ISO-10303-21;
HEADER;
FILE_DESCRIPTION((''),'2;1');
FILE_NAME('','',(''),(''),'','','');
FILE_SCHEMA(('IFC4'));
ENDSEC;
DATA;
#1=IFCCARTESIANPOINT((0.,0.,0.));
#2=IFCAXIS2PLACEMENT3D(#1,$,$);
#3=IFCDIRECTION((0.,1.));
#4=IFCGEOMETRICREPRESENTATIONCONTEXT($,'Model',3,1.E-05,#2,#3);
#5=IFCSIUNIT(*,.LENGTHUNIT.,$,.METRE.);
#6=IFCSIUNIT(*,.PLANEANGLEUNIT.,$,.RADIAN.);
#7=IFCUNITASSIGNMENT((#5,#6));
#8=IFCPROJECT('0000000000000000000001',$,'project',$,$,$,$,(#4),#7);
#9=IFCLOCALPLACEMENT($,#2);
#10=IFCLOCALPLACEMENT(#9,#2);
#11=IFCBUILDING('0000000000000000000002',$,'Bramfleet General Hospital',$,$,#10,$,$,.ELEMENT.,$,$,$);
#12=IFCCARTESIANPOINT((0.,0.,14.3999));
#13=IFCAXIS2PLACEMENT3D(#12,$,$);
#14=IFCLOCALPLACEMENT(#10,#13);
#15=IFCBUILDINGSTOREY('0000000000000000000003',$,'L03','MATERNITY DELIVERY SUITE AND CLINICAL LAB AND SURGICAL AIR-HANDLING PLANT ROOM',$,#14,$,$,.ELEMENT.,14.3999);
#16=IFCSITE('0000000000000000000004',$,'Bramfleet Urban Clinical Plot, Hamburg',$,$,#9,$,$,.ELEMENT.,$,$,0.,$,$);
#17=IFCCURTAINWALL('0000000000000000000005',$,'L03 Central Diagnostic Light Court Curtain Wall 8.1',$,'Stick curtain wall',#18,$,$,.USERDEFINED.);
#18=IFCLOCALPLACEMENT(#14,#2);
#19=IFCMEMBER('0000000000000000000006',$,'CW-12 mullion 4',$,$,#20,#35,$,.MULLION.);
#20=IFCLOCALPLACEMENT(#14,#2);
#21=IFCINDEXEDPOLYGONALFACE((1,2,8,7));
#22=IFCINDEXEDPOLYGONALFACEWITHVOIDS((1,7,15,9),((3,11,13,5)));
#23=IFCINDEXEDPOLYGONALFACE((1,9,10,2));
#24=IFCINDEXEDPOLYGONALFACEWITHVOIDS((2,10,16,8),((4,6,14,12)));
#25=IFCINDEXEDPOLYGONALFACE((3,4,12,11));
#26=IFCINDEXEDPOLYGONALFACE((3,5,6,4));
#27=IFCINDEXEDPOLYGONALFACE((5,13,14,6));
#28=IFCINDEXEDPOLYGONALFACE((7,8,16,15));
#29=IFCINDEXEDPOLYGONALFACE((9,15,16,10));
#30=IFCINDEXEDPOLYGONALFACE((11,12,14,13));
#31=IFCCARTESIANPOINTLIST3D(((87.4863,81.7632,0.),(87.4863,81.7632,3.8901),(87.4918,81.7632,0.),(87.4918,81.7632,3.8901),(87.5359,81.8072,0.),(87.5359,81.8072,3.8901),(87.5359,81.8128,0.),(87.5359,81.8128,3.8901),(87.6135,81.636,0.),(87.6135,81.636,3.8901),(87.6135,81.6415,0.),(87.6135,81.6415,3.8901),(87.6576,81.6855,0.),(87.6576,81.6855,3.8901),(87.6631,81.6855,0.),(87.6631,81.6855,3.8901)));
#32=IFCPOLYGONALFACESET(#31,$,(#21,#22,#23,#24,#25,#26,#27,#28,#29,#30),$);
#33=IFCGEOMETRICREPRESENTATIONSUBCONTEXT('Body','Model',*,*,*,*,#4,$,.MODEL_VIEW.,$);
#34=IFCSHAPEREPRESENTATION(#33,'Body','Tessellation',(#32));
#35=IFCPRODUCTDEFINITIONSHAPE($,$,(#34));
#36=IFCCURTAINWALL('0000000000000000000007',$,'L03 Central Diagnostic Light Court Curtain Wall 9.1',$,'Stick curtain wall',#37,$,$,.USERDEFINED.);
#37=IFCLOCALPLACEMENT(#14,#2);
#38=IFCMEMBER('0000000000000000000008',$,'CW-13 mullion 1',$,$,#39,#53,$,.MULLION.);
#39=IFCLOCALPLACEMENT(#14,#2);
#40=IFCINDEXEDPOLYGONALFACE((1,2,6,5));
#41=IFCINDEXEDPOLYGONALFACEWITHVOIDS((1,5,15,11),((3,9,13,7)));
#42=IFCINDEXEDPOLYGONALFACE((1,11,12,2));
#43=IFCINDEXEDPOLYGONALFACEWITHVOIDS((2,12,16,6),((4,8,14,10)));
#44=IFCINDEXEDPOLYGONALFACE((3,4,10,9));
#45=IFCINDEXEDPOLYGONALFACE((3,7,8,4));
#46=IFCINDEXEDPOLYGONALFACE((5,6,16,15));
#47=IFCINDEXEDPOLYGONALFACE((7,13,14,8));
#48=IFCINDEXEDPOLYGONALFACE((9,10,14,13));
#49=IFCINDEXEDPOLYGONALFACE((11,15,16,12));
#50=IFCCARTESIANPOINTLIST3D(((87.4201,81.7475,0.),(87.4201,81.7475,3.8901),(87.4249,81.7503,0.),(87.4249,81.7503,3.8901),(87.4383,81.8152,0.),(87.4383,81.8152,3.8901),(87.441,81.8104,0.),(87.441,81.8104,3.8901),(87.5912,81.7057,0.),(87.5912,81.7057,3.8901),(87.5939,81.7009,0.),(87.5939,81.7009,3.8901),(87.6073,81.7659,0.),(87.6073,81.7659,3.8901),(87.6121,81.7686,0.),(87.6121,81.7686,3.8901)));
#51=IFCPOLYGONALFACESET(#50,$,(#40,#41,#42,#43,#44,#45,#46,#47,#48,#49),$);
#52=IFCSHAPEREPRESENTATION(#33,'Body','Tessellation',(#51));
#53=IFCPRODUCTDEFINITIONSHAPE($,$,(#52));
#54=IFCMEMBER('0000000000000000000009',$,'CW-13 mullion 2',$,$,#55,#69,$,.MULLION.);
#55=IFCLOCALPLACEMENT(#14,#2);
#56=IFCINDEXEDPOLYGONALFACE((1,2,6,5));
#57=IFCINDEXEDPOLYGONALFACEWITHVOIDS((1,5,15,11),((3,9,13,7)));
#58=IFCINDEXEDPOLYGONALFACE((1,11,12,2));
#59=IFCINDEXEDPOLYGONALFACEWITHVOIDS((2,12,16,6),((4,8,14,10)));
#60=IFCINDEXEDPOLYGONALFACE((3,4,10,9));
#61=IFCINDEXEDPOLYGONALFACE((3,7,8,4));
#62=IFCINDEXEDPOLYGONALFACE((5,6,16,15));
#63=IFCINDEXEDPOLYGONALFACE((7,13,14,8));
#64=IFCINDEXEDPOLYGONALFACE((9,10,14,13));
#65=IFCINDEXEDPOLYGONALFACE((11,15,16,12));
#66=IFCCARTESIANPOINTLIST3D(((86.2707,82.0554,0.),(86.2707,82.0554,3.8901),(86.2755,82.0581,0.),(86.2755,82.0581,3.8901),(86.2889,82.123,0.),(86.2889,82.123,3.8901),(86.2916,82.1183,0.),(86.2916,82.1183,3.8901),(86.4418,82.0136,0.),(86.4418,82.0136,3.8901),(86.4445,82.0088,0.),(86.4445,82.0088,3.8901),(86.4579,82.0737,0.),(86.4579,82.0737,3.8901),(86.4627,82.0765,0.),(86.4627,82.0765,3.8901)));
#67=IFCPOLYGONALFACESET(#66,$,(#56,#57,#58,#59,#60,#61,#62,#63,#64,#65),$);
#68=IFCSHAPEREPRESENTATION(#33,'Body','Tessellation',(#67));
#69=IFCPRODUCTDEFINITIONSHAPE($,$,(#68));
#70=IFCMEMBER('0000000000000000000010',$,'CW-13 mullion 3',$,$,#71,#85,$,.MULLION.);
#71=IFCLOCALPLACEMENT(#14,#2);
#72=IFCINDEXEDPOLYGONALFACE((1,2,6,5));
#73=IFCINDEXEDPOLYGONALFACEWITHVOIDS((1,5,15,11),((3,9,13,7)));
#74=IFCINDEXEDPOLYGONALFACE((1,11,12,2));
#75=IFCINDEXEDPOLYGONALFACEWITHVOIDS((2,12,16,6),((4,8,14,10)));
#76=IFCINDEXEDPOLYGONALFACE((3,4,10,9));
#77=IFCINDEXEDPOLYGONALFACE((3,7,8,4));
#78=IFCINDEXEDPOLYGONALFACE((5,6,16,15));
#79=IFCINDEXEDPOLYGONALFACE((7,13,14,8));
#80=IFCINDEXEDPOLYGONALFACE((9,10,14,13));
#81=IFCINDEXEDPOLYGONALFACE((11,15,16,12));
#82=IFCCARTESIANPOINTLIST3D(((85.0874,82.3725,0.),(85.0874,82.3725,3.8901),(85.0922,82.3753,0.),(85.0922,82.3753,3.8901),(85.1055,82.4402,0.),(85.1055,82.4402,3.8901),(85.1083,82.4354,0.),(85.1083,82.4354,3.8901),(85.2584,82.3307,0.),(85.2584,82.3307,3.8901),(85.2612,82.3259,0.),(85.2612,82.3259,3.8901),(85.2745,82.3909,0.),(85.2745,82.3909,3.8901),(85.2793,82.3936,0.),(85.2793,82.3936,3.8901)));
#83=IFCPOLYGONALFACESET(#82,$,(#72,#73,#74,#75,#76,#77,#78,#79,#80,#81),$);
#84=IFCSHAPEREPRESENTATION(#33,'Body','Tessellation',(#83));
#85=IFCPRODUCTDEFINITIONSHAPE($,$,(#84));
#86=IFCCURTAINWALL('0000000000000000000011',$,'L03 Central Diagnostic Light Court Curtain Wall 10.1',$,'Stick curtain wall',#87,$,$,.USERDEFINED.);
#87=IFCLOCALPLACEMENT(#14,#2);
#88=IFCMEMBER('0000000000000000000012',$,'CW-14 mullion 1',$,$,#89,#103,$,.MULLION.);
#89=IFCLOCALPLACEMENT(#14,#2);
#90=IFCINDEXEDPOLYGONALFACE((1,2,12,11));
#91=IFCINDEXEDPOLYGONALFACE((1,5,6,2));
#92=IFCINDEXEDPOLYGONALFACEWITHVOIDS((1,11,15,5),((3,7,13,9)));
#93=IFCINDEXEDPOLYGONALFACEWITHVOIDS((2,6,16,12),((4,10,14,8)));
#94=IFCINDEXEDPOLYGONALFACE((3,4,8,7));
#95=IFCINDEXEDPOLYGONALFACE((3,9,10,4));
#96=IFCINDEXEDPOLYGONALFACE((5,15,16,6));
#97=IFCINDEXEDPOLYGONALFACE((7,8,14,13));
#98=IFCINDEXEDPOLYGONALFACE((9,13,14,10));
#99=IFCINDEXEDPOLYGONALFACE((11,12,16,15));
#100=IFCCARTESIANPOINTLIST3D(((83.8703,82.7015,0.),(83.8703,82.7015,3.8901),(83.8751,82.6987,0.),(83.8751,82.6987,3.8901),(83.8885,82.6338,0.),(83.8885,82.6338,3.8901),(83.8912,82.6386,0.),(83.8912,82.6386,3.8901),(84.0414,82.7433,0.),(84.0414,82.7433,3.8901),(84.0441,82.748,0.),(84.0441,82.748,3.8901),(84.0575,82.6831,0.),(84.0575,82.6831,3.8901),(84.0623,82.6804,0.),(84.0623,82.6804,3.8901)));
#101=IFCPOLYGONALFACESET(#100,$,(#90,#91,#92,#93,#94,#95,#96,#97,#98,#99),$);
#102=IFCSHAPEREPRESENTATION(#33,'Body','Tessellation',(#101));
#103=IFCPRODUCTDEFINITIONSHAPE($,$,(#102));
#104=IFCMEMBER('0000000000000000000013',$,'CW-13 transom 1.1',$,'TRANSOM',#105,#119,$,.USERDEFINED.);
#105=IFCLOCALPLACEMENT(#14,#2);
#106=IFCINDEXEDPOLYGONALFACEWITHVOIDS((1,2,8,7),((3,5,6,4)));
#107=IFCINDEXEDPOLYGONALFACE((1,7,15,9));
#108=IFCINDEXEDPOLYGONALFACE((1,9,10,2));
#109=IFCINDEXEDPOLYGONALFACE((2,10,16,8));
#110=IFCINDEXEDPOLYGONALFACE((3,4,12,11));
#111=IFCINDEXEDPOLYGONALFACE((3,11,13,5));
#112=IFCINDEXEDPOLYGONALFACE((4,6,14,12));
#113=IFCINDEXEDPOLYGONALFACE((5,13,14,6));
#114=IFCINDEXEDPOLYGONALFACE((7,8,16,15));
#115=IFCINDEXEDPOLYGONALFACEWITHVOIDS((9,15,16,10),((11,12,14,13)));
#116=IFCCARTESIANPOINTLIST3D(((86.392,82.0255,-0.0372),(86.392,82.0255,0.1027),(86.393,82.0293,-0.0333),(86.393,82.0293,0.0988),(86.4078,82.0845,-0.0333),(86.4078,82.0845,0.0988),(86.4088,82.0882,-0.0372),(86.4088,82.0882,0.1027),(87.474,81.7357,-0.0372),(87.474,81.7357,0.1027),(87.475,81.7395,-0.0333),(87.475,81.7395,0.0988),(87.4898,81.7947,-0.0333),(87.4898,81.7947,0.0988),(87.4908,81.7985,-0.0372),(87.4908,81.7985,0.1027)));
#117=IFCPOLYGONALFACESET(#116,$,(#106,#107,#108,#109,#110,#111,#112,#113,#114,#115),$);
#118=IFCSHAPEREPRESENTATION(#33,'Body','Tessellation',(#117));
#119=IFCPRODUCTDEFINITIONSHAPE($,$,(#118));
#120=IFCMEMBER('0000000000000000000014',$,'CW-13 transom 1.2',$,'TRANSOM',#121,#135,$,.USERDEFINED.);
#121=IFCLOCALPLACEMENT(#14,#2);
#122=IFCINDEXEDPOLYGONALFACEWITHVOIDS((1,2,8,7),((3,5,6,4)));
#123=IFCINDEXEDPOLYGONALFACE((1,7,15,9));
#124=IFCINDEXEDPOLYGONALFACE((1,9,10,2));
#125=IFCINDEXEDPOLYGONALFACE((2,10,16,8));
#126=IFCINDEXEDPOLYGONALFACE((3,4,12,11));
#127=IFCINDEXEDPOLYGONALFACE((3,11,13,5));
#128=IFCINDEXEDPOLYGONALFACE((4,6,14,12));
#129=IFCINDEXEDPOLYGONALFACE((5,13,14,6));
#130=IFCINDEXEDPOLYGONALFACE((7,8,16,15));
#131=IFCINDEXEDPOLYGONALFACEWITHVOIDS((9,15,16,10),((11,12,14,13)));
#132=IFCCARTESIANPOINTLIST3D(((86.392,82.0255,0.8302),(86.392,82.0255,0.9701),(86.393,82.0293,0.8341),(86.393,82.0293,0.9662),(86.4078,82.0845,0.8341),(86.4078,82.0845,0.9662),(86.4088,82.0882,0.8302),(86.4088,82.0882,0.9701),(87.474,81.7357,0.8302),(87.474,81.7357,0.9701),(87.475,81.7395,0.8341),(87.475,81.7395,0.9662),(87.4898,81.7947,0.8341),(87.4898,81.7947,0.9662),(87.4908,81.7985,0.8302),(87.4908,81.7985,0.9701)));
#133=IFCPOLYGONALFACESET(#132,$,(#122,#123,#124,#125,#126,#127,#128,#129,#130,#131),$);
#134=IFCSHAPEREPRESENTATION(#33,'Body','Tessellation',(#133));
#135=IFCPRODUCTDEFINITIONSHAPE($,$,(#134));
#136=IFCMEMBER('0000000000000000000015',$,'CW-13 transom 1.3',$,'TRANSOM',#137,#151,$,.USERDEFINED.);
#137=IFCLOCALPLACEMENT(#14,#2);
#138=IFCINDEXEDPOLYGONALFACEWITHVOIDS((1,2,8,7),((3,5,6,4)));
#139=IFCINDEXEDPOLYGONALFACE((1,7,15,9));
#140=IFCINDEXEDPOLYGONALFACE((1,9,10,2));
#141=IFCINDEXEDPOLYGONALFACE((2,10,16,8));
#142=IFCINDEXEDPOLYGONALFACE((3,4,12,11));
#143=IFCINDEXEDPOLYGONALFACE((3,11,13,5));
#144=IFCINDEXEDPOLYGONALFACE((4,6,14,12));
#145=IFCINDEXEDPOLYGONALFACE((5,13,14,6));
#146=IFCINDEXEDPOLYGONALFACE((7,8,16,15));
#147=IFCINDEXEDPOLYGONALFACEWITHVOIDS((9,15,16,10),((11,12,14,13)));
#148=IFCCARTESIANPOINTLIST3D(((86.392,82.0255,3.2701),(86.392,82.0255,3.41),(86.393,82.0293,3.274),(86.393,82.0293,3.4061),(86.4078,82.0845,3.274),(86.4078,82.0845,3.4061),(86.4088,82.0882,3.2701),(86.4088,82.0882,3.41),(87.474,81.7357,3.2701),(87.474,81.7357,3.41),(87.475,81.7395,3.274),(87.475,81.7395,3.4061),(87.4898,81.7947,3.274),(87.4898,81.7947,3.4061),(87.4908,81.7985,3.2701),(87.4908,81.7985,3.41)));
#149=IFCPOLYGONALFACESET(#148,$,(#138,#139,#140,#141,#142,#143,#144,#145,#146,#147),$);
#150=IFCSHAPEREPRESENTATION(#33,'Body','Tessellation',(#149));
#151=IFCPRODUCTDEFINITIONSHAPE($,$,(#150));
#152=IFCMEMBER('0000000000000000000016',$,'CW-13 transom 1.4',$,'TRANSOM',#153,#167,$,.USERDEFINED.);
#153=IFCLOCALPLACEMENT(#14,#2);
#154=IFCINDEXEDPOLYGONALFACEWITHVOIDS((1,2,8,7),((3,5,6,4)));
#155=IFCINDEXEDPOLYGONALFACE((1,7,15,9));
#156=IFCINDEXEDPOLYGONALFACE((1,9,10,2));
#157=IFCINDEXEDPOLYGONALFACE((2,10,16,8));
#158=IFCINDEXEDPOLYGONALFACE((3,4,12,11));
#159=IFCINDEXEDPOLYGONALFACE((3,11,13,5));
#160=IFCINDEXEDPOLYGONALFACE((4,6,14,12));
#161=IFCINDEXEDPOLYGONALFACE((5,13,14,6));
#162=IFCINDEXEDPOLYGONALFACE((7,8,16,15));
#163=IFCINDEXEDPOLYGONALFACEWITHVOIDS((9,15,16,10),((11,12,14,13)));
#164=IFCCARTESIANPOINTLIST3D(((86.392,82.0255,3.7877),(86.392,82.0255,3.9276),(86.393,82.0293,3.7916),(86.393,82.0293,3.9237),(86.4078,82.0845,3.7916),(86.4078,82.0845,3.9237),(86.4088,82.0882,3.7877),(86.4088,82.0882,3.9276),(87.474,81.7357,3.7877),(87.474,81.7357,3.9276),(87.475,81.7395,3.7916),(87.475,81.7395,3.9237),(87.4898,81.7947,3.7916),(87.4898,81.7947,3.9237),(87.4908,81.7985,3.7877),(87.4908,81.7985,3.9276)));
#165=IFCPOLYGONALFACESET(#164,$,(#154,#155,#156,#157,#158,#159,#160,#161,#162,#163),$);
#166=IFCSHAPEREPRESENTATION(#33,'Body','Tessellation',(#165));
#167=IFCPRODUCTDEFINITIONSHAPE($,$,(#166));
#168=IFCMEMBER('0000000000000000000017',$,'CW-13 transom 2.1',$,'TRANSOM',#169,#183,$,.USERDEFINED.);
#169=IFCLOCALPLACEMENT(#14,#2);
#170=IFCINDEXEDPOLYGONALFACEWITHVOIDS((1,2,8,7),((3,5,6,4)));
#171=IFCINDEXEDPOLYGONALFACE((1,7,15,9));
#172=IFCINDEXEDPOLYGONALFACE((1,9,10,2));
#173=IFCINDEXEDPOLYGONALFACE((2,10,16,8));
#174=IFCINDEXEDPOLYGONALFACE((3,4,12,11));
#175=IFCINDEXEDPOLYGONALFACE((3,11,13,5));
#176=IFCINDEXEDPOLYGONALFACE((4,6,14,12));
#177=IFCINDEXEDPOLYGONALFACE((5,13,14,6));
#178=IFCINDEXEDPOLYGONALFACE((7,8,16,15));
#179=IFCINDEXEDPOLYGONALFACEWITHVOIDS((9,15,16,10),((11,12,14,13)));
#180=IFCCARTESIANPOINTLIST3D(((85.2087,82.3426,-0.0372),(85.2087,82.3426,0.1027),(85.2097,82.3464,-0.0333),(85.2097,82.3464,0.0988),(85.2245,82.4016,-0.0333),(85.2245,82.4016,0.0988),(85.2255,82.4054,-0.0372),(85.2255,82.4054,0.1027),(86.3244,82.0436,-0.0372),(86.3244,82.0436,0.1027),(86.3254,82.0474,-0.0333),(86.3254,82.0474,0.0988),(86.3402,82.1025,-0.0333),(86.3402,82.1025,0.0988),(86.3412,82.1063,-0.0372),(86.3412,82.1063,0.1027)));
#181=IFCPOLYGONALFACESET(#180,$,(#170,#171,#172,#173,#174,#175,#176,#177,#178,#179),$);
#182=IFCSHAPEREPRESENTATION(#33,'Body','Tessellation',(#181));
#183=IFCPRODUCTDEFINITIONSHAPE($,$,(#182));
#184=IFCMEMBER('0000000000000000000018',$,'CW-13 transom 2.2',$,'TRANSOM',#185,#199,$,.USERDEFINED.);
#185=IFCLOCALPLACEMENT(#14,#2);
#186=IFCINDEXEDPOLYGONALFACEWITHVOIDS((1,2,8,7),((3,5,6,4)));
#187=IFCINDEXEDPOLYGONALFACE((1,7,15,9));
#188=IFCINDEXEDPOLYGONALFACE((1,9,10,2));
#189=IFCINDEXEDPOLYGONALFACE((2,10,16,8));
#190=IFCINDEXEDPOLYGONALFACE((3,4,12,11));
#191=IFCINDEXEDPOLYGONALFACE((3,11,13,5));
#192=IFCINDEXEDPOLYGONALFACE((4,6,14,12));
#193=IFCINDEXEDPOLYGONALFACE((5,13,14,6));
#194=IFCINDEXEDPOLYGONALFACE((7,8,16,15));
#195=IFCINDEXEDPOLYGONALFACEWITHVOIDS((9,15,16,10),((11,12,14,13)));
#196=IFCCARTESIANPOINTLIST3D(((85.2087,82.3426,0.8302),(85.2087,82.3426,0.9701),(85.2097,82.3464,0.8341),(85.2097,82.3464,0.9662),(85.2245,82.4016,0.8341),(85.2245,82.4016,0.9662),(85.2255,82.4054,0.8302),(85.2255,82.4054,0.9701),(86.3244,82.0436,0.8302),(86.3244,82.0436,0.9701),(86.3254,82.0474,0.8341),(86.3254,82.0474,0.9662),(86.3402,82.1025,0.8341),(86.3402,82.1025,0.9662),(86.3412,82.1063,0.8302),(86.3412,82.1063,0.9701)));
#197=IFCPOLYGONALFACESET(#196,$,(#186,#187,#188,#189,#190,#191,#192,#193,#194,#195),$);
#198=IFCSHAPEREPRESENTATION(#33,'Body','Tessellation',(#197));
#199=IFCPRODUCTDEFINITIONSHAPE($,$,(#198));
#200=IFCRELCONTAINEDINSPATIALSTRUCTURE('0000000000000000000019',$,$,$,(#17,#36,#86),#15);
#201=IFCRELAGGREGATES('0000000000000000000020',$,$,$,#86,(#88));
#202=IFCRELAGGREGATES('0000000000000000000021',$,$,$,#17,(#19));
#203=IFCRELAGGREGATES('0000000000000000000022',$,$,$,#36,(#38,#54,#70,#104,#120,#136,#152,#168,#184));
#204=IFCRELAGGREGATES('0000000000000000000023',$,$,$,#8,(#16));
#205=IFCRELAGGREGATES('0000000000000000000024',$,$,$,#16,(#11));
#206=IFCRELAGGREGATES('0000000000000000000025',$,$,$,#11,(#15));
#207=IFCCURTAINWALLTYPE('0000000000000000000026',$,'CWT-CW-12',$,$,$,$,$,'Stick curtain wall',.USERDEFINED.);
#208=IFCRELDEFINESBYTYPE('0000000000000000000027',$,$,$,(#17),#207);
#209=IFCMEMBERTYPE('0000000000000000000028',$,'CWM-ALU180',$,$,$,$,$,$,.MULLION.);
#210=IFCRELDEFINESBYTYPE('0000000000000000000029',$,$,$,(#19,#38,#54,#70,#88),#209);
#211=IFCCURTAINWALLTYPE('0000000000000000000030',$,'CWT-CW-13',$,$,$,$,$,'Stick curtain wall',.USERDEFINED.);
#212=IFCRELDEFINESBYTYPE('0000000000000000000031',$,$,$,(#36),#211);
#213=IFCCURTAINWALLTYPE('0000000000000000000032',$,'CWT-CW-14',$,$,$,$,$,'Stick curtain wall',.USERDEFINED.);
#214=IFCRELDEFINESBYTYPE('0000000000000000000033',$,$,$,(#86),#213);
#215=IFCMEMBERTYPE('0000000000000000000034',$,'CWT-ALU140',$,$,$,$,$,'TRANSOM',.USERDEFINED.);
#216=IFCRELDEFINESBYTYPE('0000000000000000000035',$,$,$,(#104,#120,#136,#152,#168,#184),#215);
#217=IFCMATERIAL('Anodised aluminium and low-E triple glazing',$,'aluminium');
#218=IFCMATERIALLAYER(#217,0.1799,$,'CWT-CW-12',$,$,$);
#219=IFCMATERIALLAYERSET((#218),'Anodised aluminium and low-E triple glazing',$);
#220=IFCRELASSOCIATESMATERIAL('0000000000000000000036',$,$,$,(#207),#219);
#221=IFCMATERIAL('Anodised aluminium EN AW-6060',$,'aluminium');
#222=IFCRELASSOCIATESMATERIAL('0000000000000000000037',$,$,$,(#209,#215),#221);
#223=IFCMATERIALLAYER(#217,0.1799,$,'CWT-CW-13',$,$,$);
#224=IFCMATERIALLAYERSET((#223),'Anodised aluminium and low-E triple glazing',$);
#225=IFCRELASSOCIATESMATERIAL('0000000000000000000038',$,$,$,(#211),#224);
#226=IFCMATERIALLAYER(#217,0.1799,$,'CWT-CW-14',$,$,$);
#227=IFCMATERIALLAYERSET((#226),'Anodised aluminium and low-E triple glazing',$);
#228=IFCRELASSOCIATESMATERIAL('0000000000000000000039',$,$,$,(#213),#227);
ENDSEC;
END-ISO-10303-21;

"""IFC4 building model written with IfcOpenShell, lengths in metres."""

from ifc_helpers import new_model, si_unit, direction, frame, origin, origin_2d, place, context, subcontext, project, spatial, hollow_rectangle, extrude, material, layer, layer_set, material_profile, profile_set, type_object, element, aggregate, save


model = new_model("IFC4")

# Units and contexts
model_context = context("Model", 3, precision=1e-05, world=origin(), true_north=direction((0.0, 1.0)))
body_context = subcontext(model_context, "Body", "Model", "MODEL_VIEW")
ifc_project = project(units=[si_unit("LENGTHUNIT", "METRE"), si_unit("PLANEANGLEUNIT", "RADIAN")], contexts=[model_context])

# Site, building, storey
site_placement = place(None, origin())
site = spatial("IfcSite", under=ifc_project, at=site_placement, Name="Bramfleet Urban Clinical Plot, Hamburg", CompositionType="ELEMENT", RefElevation=0.0)
building_placement = place(site_placement, origin())
building = spatial("IfcBuilding", under=site, at=building_placement, Name="Bramfleet General Hospital", CompositionType="ELEMENT")
storey_placement = place(building_placement, frame((0.0, 0.0, 14.3999)))
storey = spatial("IfcBuildingStorey", under=building, at=storey_placement, Name="L03", Description="MATERNITY DELIVERY SUITE AND CLINICAL LAB AND SURGICAL AIR-HANDLING PLANT ROOM", CompositionType="ELEMENT", Elevation=14.3999)

# Curtain wall, member
ifc_material_1 = material(Name="Anodised aluminium and low-E triple glazing", Category="aluminium")
ifc_layer_1 = layer(ifc_material_1, 0.1799, Name="CWT-CW-12")
ifc_layer_set_1 = layer_set([ifc_layer_1], Name="Anodised aluminium and low-E triple glazing")
curtain_wall_type_1 = type_object("IfcCurtainWallType", Name="CWT-CW-12", ElementType="Stick curtain wall", PredefinedType="USERDEFINED", material=ifc_layer_set_1)
curtain_wall_1_placement = place(storey_placement, origin())
curtain_wall_1 = element("IfcCurtainWall", 1, at=curtain_wall_1_placement, inside=storey, type_object=curtain_wall_type_1, Name="L03 Central Diagnostic Light Court Curtain Wall 8.1", ObjectType="Stick curtain wall", PredefinedType="USERDEFINED")
ifc_material_2 = material(Name="Anodised aluminium EN AW-6060", Category="aluminium")
ifc_material_profile_1 = material_profile(ifc_material_2, hollow_rectangle(XDim=0.0701, YDim=0.1799, WallThickness=0.0039, at=origin_2d()), Name="ALU 180x70x4.0")
ifc_profile_set_1 = profile_set([ifc_material_profile_1], Name="Anodised aluminium EN AW-6060")
member_type_1 = type_object("IfcMemberType", Name="CWM-ALU180", PredefinedType="MULLION", material=ifc_profile_set_1)
member_1_placement = place(storey_placement, frame((87.5747, 81.7244, 0.0), z_axis=(0.0, 0.0, 1.0), x_axis=(-0.707107, -0.707107, 0.0)))
member_1 = element("IfcMember", 2, at=member_1_placement, type_object=member_type_1, Name="CW-12 mullion 4", PredefinedType="MULLION", context=body_context, shape_type="SweptSolid", body=[
    extrude(hollow_rectangle(XDim=0.0701, YDim=0.1799, WallThickness=0.0039, at=origin_2d()), origin(), (0.0, 0.0, 1.0), 3.8901),
])

# Curtain wall, members
ifc_layer_2 = layer(ifc_material_1, 0.1799, Name="CWT-CW-13")
ifc_layer_set_2 = layer_set([ifc_layer_2], Name="Anodised aluminium and low-E triple glazing")
curtain_wall_type_2 = type_object("IfcCurtainWallType", Name="CWT-CW-13", ElementType="Stick curtain wall", PredefinedType="USERDEFINED", material=ifc_layer_set_2)
curtain_wall_2_placement = place(storey_placement, origin())
curtain_wall_2 = element("IfcCurtainWall", 3, at=curtain_wall_2_placement, inside=storey, type_object=curtain_wall_type_2, Name="L03 Central Diagnostic Light Court Curtain Wall 9.1", ObjectType="Stick curtain wall", PredefinedType="USERDEFINED")
member_2_placement = place(storey_placement, frame((87.5161, 81.7581, 0.0), z_axis=(0.0, 0.0, 1.0), x_axis=(-0.258763, -0.965941, 0.0)))
member_2 = element("IfcMember", 4, at=member_2_placement, type_object=member_type_1, Name="CW-13 mullion 1", PredefinedType="MULLION", context=body_context, shape_type="SweptSolid", body=[
    extrude(hollow_rectangle(XDim=0.0701, YDim=0.1799, WallThickness=0.0039, at=origin_2d()), origin(), (0.0, 0.0, 1.0), 3.8901),
])
member_3_placement = place(storey_placement, frame((86.3667, 82.0659, 0.0), z_axis=(0.0, 0.0, 1.0), x_axis=(-0.258763, -0.965941, 0.0)))
member_3 = element("IfcMember", 5, at=member_3_placement, type_object=member_type_1, Name="CW-13 mullion 2", PredefinedType="MULLION", context=body_context, shape_type="SweptSolid", body=[
    extrude(hollow_rectangle(XDim=0.0701, YDim=0.1799, WallThickness=0.0039, at=origin_2d()), origin(), (0.0, 0.0, 1.0), 3.8901),
])
member_4_placement = place(storey_placement, frame((85.1833, 82.3831, 0.0), z_axis=(0.0, 0.0, 1.0), x_axis=(-0.258763, -0.965941, 0.0)))
member_4 = element("IfcMember", 6, at=member_4_placement, type_object=member_type_1, Name="CW-13 mullion 3", PredefinedType="MULLION", context=body_context, shape_type="SweptSolid", body=[
    extrude(hollow_rectangle(XDim=0.0701, YDim=0.1799, WallThickness=0.0039, at=origin_2d()), origin(), (0.0, 0.0, 1.0), 3.8901),
])

# Curtain wall, member
ifc_layer_3 = layer(ifc_material_1, 0.1799, Name="CWT-CW-14")
ifc_layer_set_3 = layer_set([ifc_layer_3], Name="Anodised aluminium and low-E triple glazing")
curtain_wall_type_3 = type_object("IfcCurtainWallType", Name="CWT-CW-14", ElementType="Stick curtain wall", PredefinedType="USERDEFINED", material=ifc_layer_set_3)
curtain_wall_3_placement = place(storey_placement, origin())
curtain_wall_3 = element("IfcCurtainWall", 7, at=curtain_wall_3_placement, inside=storey, type_object=curtain_wall_type_3, Name="L03 Central Diagnostic Light Court Curtain Wall 10.1", ObjectType="Stick curtain wall", PredefinedType="USERDEFINED")
member_5_placement = place(storey_placement, frame((83.9663, 82.6909, 0.0), z_axis=(0.0, 0.0, 1.0), x_axis=(0.258763, -0.965941, 0.0)))
member_5 = element("IfcMember", 8, at=member_5_placement, type_object=member_type_1, Name="CW-14 mullion 1", PredefinedType="MULLION", context=body_context, shape_type="SweptSolid", body=[
    extrude(hollow_rectangle(XDim=0.0701, YDim=0.1799, WallThickness=0.0039, at=origin_2d()), origin(), (0.0, 0.0, 1.0), 3.8901),
])

# Members
ifc_material_profile_2 = material_profile(ifc_material_2, hollow_rectangle(XDim=0.0649, YDim=0.1399, WallThickness=0.0039, at=origin_2d()), Name="ALU 140x65x4.0")
ifc_profile_set_2 = profile_set([ifc_material_profile_2], Name="Anodised aluminium EN AW-6060")
member_type_2 = type_object("IfcMemberType", Name="CWT-ALU140", ElementType="TRANSOM", PredefinedType="USERDEFINED", material=ifc_profile_set_2)
member_6_placement = place(storey_placement, frame((87.4824, 81.7671, 0.0327), z_axis=(-0.965956, 0.258707, 0.0), x_axis=(-0.258707, -0.965956, 0.0)))
member_6 = element("IfcMember", 9, at=member_6_placement, type_object=member_type_2, Name="CW-13 transom 1.1", ObjectType="TRANSOM", PredefinedType="USERDEFINED", context=body_context, shape_type="SweptSolid", body=[
    extrude(hollow_rectangle(XDim=0.0649, YDim=0.1399, WallThickness=0.0039, at=origin_2d()), origin(), (0.0, 0.0, 1.0), 1.1201),
])
member_7_placement = place(storey_placement, frame((87.4824, 81.7671, 0.9001), z_axis=(-0.965956, 0.258707, 0.0), x_axis=(-0.258707, -0.965956, 0.0)))
member_7 = element("IfcMember", 10, at=member_7_placement, type_object=member_type_2, Name="CW-13 transom 1.2", ObjectType="TRANSOM", PredefinedType="USERDEFINED", context=body_context, shape_type="SweptSolid", body=[
    extrude(hollow_rectangle(XDim=0.0649, YDim=0.1399, WallThickness=0.0039, at=origin_2d()), origin(), (0.0, 0.0, 1.0), 1.1201),
])
member_8_placement = place(storey_placement, frame((87.4824, 81.7671, 3.3401), z_axis=(-0.965956, 0.258707, 0.0), x_axis=(-0.258707, -0.965956, 0.0)))
member_8 = element("IfcMember", 11, at=member_8_placement, type_object=member_type_2, Name="CW-13 transom 1.3", ObjectType="TRANSOM", PredefinedType="USERDEFINED", context=body_context, shape_type="SweptSolid", body=[
    extrude(hollow_rectangle(XDim=0.0649, YDim=0.1399, WallThickness=0.0039, at=origin_2d()), origin(), (0.0, 0.0, 1.0), 1.1201),
])
member_9_placement = place(storey_placement, frame((87.4824, 81.7671, 3.8577), z_axis=(-0.965956, 0.258707, 0.0), x_axis=(-0.258707, -0.965956, 0.0)))
member_9 = element("IfcMember", 12, at=member_9_placement, type_object=member_type_2, Name="CW-13 transom 1.4", ObjectType="TRANSOM", PredefinedType="USERDEFINED", context=body_context, shape_type="SweptSolid", body=[
    extrude(hollow_rectangle(XDim=0.0649, YDim=0.1399, WallThickness=0.0039, at=origin_2d()), origin(), (0.0, 0.0, 1.0), 1.1201),
])
member_10_placement = place(storey_placement, frame((86.3328, 82.075, 0.0327), z_axis=(-0.965901, 0.258912, 0.0), x_axis=(-0.258912, -0.965901, 0.0)))
member_10 = element("IfcMember", 13, at=member_10_placement, type_object=member_type_2, Name="CW-13 transom 2.1", ObjectType="TRANSOM", PredefinedType="USERDEFINED", context=body_context, shape_type="SweptSolid", body=[
    extrude(hollow_rectangle(XDim=0.0649, YDim=0.1399, WallThickness=0.0039, at=origin_2d()), origin(), (0.0, 0.0, 1.0), 1.155),
])
member_11_placement = place(storey_placement, frame((86.3328, 82.075, 0.9001), z_axis=(-0.965901, 0.258912, 0.0), x_axis=(-0.258912, -0.965901, 0.0)))
member_11 = element("IfcMember", 14, at=member_11_placement, type_object=member_type_2, Name="CW-13 transom 2.2", ObjectType="TRANSOM", PredefinedType="USERDEFINED", context=body_context, shape_type="SweptSolid", body=[
    extrude(hollow_rectangle(XDim=0.0649, YDim=0.1399, WallThickness=0.0039, at=origin_2d()), origin(), (0.0, 0.0, 1.0), 1.155),
])
aggregate(curtain_wall_3, [member_5])

aggregate(curtain_wall_1, [member_1])
aggregate(curtain_wall_2, [member_2, member_3, member_4, member_6, member_7, member_8, member_9, member_10, member_11])

save(model, "model.ifc")
